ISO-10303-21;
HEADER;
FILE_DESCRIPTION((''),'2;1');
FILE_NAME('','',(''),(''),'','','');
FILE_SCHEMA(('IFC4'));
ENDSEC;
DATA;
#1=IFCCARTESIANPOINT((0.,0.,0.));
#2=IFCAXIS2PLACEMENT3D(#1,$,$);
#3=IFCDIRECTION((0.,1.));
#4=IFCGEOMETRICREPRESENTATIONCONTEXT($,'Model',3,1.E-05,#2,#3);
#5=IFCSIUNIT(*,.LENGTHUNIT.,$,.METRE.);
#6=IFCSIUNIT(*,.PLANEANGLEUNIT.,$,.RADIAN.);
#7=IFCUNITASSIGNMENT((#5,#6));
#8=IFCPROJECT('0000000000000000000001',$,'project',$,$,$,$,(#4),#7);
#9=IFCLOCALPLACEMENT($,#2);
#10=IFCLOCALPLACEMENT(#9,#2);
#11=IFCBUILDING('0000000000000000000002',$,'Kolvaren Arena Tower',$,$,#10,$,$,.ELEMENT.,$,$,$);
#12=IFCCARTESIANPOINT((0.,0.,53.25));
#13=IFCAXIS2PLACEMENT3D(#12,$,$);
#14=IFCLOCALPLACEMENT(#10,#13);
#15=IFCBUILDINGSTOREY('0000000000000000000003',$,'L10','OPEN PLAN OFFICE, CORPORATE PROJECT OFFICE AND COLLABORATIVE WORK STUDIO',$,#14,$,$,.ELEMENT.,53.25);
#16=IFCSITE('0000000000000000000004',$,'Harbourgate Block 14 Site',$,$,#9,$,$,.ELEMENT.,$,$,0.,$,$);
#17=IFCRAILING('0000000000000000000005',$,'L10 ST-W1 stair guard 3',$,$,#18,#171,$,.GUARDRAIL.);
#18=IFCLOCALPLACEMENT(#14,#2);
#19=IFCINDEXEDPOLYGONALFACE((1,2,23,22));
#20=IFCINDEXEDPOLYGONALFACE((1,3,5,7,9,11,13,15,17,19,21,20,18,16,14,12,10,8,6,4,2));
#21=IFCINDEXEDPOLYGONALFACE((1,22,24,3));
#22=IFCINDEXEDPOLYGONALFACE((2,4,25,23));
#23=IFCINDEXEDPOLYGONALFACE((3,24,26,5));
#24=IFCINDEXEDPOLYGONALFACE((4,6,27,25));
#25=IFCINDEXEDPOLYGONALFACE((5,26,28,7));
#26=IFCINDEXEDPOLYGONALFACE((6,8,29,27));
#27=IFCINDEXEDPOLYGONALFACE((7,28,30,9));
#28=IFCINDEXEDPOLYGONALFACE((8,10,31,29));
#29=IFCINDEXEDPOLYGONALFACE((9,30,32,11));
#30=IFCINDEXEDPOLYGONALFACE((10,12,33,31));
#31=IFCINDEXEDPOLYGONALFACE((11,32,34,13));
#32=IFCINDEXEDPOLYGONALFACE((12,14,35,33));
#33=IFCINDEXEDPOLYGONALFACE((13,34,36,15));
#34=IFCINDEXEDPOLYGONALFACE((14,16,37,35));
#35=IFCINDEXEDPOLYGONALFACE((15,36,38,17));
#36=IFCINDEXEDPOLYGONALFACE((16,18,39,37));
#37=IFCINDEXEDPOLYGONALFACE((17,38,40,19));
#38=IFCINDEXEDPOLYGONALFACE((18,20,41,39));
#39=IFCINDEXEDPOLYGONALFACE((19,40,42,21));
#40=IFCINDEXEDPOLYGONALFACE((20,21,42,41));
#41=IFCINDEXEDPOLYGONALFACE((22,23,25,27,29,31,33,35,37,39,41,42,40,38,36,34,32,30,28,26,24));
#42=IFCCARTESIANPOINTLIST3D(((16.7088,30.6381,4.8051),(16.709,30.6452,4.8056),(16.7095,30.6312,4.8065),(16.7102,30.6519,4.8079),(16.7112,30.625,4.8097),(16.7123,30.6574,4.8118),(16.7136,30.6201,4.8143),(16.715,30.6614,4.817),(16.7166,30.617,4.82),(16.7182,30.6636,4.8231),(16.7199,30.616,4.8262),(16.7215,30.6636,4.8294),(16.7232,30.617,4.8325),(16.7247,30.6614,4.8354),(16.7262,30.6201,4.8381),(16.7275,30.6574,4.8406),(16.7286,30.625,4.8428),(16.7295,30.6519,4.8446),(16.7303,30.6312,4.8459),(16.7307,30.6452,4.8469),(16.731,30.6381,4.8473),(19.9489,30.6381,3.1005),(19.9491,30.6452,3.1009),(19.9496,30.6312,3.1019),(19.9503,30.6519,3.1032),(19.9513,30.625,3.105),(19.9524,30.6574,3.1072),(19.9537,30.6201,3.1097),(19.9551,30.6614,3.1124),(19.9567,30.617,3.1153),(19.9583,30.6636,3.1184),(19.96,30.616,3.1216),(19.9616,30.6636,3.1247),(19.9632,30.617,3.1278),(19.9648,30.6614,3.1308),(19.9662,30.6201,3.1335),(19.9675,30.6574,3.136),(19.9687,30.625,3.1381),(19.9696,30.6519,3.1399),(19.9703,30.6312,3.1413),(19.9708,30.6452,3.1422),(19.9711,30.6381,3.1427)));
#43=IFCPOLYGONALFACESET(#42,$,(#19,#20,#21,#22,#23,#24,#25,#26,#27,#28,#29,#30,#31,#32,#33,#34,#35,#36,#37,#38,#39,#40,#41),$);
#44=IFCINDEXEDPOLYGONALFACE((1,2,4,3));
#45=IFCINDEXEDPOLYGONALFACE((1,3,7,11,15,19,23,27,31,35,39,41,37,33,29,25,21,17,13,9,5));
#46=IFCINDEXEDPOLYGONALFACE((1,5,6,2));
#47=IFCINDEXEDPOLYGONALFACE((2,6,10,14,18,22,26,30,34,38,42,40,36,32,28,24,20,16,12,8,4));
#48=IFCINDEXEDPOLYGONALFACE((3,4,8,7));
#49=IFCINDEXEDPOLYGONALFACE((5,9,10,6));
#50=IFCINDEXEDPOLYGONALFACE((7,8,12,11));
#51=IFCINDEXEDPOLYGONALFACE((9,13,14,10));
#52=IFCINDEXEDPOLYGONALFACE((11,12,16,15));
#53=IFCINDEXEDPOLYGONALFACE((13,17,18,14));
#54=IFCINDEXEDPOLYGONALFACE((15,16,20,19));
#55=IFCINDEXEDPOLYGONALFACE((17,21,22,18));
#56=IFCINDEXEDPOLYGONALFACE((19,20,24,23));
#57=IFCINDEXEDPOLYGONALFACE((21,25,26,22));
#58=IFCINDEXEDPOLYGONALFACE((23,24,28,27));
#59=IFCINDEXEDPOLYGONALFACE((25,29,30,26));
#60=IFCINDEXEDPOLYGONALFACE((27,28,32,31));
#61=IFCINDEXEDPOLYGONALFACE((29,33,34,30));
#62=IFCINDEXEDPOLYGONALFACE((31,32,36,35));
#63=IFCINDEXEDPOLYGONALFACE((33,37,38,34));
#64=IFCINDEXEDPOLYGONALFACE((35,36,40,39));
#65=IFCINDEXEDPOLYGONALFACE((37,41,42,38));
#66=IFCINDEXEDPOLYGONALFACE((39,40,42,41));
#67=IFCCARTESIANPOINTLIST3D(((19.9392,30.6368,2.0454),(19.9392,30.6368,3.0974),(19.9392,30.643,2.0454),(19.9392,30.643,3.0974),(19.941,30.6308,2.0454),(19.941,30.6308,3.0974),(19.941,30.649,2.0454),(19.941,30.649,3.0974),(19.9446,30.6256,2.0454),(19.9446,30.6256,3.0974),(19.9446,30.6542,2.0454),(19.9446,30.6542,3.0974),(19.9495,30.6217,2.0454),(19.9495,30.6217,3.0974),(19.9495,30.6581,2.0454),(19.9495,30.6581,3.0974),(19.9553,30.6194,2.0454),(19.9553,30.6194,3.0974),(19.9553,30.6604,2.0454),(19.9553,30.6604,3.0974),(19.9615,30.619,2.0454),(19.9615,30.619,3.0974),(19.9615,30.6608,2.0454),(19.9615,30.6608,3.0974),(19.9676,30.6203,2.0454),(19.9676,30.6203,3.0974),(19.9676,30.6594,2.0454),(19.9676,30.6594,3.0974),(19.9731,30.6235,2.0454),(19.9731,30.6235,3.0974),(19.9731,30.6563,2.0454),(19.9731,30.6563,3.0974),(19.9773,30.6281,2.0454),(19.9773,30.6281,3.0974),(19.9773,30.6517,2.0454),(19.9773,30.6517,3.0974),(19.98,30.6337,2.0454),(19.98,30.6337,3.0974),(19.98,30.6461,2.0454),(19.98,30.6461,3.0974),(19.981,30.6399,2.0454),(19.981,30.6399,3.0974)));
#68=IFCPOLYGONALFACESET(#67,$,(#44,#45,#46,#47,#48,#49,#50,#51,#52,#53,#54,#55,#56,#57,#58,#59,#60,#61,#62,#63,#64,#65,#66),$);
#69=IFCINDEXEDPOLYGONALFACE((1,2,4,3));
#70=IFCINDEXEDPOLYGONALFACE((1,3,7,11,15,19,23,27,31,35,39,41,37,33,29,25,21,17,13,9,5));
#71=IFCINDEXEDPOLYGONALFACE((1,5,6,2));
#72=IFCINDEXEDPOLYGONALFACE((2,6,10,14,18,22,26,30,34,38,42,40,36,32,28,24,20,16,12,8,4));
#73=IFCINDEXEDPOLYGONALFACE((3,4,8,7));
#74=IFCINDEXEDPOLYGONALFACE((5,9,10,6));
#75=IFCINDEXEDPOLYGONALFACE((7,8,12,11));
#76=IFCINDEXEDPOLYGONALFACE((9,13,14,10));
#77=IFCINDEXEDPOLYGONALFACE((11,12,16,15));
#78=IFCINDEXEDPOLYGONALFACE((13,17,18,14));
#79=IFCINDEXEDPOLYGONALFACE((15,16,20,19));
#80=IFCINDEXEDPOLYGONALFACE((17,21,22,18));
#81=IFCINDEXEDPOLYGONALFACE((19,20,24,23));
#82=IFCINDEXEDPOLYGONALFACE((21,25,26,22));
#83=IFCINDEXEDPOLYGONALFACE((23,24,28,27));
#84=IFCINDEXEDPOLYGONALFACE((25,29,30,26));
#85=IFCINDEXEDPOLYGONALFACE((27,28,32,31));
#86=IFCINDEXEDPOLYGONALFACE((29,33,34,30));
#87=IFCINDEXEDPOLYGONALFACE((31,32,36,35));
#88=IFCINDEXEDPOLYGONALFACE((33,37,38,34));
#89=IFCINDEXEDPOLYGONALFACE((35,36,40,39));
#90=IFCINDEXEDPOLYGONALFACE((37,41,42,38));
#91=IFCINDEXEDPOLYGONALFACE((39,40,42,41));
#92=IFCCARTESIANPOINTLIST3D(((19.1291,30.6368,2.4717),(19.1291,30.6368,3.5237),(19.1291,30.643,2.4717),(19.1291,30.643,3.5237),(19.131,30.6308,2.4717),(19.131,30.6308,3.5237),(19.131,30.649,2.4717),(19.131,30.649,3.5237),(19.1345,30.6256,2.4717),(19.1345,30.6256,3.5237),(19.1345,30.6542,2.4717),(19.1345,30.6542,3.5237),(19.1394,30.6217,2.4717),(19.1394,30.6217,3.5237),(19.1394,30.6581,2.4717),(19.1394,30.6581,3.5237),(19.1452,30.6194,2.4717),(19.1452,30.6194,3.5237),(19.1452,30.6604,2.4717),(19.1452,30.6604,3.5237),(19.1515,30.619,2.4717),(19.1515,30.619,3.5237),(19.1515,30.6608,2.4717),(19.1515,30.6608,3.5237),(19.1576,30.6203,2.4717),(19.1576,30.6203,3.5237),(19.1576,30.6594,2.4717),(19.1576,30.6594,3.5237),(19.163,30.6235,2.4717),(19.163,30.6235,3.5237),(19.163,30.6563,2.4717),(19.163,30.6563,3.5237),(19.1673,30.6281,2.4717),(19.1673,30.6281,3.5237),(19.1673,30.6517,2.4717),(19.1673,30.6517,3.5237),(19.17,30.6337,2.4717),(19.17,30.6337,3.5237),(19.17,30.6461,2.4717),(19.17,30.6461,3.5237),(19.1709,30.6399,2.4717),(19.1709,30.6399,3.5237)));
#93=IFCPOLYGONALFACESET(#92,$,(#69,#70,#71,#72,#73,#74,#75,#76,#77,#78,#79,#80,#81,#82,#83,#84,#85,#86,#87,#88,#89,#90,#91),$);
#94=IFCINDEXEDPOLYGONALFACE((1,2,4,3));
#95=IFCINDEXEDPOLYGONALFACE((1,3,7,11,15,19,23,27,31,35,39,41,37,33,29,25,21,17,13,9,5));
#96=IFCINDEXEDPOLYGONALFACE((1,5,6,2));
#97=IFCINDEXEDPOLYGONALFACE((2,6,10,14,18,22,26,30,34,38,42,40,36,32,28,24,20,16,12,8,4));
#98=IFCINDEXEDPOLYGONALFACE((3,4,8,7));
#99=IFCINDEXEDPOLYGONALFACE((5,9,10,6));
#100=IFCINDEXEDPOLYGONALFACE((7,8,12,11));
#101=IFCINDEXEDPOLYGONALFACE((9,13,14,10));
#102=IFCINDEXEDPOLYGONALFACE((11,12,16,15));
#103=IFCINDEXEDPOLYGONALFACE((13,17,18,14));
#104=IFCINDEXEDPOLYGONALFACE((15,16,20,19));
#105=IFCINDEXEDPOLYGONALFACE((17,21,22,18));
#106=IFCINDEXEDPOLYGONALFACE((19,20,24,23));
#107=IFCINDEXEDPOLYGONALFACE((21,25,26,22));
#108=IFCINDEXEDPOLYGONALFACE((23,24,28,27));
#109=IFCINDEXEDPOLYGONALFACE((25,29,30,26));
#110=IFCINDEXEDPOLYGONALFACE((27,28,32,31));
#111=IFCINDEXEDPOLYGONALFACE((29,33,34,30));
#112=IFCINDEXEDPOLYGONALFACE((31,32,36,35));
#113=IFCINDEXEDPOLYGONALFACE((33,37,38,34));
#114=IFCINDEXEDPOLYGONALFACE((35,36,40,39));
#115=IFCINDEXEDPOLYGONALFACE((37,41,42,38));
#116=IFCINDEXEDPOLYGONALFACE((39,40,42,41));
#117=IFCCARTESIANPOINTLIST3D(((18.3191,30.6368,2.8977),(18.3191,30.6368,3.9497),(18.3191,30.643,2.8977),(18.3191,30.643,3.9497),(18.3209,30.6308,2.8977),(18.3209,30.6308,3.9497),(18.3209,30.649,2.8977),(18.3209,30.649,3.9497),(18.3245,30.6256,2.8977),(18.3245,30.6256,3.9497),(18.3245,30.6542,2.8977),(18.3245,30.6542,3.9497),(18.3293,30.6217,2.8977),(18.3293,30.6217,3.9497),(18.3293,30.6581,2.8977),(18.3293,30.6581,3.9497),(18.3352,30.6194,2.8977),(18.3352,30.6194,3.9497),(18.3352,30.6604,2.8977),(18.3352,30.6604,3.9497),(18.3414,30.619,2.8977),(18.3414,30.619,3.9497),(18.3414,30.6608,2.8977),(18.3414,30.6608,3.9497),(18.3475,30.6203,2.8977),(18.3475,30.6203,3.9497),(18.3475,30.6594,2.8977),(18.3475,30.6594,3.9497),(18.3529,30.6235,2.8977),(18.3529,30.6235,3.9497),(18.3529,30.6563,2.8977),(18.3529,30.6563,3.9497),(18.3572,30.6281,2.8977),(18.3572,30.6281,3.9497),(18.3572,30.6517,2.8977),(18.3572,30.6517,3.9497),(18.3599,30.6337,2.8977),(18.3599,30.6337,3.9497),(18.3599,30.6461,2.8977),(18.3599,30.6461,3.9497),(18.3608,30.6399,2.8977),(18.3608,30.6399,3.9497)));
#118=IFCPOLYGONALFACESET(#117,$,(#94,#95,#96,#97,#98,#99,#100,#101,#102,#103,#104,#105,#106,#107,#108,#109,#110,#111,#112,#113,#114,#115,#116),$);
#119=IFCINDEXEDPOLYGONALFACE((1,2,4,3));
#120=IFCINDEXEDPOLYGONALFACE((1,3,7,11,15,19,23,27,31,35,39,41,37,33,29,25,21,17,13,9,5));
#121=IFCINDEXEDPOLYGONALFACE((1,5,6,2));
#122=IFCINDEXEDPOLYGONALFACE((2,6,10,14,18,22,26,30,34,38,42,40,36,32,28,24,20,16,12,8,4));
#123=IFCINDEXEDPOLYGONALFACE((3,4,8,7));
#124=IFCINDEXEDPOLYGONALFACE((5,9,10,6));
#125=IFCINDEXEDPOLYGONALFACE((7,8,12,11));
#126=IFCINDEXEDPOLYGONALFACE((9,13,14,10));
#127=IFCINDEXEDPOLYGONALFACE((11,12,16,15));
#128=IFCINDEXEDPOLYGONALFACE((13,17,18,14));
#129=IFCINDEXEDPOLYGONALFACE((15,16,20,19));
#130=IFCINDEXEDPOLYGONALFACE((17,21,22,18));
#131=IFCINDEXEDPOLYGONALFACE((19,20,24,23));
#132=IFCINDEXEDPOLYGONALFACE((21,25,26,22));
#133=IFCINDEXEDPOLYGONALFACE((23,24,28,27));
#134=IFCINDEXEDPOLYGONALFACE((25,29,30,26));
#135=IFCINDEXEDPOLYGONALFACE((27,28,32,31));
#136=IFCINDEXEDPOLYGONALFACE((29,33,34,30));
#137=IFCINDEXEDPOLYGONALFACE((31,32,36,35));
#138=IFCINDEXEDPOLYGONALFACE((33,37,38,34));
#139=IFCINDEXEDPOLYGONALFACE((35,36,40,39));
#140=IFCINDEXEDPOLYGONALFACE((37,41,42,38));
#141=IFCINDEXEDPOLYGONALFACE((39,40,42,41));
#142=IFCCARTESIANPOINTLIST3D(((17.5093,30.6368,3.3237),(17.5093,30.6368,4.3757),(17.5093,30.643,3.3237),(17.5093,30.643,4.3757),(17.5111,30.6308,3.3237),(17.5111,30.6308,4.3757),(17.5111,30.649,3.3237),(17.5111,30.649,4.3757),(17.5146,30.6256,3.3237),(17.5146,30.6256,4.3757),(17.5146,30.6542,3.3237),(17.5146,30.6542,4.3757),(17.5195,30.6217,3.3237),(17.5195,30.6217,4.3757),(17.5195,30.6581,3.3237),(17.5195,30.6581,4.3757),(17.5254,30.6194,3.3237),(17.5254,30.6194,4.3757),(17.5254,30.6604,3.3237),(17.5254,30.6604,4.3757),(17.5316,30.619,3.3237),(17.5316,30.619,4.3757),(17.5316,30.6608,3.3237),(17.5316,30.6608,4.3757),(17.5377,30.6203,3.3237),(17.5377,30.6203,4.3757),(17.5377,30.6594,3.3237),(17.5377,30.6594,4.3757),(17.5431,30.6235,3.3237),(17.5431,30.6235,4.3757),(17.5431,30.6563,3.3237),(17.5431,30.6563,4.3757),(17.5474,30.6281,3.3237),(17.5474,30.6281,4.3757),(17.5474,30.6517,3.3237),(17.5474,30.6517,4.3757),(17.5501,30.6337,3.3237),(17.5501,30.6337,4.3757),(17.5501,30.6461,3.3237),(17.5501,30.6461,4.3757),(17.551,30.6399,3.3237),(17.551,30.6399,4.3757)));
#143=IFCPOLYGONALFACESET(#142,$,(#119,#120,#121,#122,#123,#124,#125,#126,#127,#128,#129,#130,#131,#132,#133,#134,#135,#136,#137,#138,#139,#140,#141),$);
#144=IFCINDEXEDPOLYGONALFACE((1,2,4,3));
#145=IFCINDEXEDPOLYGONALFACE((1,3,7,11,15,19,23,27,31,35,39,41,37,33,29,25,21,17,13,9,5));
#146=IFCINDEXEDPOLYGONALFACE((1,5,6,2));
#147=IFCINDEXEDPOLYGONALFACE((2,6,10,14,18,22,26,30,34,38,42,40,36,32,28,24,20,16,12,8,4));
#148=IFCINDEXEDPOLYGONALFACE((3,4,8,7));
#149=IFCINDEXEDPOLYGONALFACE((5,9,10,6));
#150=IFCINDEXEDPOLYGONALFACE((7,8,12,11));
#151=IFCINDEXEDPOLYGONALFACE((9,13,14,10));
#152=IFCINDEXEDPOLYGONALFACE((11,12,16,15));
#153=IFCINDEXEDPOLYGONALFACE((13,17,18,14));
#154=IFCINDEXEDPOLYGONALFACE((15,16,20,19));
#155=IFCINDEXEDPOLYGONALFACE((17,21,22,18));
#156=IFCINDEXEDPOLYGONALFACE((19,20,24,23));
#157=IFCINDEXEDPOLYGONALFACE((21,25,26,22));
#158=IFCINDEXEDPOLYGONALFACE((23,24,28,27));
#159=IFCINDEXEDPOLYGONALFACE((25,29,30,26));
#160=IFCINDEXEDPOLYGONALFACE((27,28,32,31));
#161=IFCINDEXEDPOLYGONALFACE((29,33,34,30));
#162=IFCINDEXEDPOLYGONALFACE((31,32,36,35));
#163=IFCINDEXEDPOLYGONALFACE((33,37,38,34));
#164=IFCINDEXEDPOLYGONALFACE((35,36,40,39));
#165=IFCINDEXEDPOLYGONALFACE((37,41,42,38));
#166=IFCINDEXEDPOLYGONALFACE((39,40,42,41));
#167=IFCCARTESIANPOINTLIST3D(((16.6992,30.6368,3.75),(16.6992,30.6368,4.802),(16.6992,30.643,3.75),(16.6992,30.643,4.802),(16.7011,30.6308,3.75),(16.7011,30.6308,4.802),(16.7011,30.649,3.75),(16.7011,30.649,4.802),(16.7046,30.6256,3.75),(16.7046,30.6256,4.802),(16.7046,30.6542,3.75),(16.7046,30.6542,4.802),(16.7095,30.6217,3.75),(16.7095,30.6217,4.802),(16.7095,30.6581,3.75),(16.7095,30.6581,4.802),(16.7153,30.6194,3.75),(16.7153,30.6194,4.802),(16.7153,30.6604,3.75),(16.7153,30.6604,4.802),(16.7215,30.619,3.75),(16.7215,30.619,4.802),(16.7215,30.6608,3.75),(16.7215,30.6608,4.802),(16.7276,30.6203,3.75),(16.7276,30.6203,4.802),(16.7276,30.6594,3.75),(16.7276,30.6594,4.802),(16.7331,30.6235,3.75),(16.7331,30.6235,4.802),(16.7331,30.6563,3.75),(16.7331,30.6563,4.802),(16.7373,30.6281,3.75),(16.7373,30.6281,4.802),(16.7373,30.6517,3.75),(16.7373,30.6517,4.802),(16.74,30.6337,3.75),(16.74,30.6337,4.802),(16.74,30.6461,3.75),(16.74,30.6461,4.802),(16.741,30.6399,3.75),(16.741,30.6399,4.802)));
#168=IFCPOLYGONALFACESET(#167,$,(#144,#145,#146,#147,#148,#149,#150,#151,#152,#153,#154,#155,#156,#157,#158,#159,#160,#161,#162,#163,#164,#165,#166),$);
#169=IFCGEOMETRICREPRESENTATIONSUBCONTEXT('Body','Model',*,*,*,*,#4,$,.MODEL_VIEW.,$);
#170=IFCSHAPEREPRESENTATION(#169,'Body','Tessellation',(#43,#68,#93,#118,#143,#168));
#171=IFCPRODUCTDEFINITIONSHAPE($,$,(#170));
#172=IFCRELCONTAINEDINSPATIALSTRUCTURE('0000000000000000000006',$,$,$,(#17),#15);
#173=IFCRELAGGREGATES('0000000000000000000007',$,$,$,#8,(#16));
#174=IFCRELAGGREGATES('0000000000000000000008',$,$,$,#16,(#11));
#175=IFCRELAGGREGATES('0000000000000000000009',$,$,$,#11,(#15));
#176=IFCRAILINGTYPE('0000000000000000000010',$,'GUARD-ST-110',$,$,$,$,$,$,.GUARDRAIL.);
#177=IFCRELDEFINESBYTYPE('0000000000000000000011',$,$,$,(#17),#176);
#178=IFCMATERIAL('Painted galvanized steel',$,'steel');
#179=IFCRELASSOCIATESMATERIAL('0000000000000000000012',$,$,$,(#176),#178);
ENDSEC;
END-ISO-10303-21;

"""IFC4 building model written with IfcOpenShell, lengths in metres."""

from ifc_helpers import new_model, si_unit, direction, frame, origin, origin_2d, place, context, subcontext, project, spatial, circle, extrude, material, type_object, element, save


model = new_model("IFC4")

# Units and contexts
model_context = context("Model", 3, precision=1e-05, world=origin(), true_north=direction((0.0, 1.0)))
body_context = subcontext(model_context, "Body", "Model", "MODEL_VIEW")
ifc_project = project(units=[si_unit("LENGTHUNIT", "METRE"), si_unit("PLANEANGLEUNIT", "RADIAN")], contexts=[model_context])

# Site, building, storey
site_placement = place(None, origin())
site = spatial("IfcSite", under=ifc_project, at=site_placement, Name="Harbourgate Block 14 Site", CompositionType="ELEMENT", RefElevation=0.0)
building_placement = place(site_placement, origin())
building = spatial("IfcBuilding", under=site, at=building_placement, Name="Kolvaren Arena Tower", CompositionType="ELEMENT")
storey_placement = place(building_placement, frame((0.0, 0.0, 53.25)))
storey = spatial("IfcBuildingStorey", under=building, at=storey_placement, Name="L10", Description="OPEN PLAN OFFICE, CORPORATE PROJECT OFFICE AND COLLABORATIVE WORK STUDIO", CompositionType="ELEMENT", Elevation=53.25)

# Railing
ifc_material_1 = material(Name="Painted galvanized steel", Category="steel")
railing_type = type_object("IfcRailingType", Name="GUARD-ST-110", PredefinedType="GUARDRAIL", material=ifc_material_1)
railing_1_placement = place(storey_placement, frame((19.96, 30.6399, 2.0454)))
element("IfcRailing", 1, at=railing_1_placement, inside=storey, type_object=railing_type, Name="L10 ST-W1 stair guard 3", PredefinedType="GUARDRAIL", context=body_context, shape_type="SweptSolid", body=[
    extrude(circle(Radius=0.0239, at=origin_2d()), frame((0.0, 0.0, 1.0762), z_axis=(-0.884993, 0.0, 0.465604), x_axis=(0.0, -1.0, 0.0)), (0.0, 0.0, 1.0), 3.6611),
    extrude(circle(Radius=0.021, at=origin_2d()), origin(), (0.0, 0.0, 1.0), 1.052),
    extrude(circle(Radius=0.021, at=origin_2d()), frame((-0.8101, 0.0, 0.4263)), (0.0, 0.0, 1.0), 1.052),
    extrude(circle(Radius=0.021, at=origin_2d()), frame((-1.6201, 0.0, 0.8523)), (0.0, 0.0, 1.0), 1.052),
    extrude(circle(Radius=0.021, at=origin_2d()), frame((-2.4299, 0.0, 1.2783)), (0.0, 0.0, 1.0), 1.052),
    extrude(circle(Radius=0.021, at=origin_2d()), frame((-3.24, 0.0, 1.7046)), (0.0, 0.0, 1.0), 1.052),
])

save(model, "model.ifc")
